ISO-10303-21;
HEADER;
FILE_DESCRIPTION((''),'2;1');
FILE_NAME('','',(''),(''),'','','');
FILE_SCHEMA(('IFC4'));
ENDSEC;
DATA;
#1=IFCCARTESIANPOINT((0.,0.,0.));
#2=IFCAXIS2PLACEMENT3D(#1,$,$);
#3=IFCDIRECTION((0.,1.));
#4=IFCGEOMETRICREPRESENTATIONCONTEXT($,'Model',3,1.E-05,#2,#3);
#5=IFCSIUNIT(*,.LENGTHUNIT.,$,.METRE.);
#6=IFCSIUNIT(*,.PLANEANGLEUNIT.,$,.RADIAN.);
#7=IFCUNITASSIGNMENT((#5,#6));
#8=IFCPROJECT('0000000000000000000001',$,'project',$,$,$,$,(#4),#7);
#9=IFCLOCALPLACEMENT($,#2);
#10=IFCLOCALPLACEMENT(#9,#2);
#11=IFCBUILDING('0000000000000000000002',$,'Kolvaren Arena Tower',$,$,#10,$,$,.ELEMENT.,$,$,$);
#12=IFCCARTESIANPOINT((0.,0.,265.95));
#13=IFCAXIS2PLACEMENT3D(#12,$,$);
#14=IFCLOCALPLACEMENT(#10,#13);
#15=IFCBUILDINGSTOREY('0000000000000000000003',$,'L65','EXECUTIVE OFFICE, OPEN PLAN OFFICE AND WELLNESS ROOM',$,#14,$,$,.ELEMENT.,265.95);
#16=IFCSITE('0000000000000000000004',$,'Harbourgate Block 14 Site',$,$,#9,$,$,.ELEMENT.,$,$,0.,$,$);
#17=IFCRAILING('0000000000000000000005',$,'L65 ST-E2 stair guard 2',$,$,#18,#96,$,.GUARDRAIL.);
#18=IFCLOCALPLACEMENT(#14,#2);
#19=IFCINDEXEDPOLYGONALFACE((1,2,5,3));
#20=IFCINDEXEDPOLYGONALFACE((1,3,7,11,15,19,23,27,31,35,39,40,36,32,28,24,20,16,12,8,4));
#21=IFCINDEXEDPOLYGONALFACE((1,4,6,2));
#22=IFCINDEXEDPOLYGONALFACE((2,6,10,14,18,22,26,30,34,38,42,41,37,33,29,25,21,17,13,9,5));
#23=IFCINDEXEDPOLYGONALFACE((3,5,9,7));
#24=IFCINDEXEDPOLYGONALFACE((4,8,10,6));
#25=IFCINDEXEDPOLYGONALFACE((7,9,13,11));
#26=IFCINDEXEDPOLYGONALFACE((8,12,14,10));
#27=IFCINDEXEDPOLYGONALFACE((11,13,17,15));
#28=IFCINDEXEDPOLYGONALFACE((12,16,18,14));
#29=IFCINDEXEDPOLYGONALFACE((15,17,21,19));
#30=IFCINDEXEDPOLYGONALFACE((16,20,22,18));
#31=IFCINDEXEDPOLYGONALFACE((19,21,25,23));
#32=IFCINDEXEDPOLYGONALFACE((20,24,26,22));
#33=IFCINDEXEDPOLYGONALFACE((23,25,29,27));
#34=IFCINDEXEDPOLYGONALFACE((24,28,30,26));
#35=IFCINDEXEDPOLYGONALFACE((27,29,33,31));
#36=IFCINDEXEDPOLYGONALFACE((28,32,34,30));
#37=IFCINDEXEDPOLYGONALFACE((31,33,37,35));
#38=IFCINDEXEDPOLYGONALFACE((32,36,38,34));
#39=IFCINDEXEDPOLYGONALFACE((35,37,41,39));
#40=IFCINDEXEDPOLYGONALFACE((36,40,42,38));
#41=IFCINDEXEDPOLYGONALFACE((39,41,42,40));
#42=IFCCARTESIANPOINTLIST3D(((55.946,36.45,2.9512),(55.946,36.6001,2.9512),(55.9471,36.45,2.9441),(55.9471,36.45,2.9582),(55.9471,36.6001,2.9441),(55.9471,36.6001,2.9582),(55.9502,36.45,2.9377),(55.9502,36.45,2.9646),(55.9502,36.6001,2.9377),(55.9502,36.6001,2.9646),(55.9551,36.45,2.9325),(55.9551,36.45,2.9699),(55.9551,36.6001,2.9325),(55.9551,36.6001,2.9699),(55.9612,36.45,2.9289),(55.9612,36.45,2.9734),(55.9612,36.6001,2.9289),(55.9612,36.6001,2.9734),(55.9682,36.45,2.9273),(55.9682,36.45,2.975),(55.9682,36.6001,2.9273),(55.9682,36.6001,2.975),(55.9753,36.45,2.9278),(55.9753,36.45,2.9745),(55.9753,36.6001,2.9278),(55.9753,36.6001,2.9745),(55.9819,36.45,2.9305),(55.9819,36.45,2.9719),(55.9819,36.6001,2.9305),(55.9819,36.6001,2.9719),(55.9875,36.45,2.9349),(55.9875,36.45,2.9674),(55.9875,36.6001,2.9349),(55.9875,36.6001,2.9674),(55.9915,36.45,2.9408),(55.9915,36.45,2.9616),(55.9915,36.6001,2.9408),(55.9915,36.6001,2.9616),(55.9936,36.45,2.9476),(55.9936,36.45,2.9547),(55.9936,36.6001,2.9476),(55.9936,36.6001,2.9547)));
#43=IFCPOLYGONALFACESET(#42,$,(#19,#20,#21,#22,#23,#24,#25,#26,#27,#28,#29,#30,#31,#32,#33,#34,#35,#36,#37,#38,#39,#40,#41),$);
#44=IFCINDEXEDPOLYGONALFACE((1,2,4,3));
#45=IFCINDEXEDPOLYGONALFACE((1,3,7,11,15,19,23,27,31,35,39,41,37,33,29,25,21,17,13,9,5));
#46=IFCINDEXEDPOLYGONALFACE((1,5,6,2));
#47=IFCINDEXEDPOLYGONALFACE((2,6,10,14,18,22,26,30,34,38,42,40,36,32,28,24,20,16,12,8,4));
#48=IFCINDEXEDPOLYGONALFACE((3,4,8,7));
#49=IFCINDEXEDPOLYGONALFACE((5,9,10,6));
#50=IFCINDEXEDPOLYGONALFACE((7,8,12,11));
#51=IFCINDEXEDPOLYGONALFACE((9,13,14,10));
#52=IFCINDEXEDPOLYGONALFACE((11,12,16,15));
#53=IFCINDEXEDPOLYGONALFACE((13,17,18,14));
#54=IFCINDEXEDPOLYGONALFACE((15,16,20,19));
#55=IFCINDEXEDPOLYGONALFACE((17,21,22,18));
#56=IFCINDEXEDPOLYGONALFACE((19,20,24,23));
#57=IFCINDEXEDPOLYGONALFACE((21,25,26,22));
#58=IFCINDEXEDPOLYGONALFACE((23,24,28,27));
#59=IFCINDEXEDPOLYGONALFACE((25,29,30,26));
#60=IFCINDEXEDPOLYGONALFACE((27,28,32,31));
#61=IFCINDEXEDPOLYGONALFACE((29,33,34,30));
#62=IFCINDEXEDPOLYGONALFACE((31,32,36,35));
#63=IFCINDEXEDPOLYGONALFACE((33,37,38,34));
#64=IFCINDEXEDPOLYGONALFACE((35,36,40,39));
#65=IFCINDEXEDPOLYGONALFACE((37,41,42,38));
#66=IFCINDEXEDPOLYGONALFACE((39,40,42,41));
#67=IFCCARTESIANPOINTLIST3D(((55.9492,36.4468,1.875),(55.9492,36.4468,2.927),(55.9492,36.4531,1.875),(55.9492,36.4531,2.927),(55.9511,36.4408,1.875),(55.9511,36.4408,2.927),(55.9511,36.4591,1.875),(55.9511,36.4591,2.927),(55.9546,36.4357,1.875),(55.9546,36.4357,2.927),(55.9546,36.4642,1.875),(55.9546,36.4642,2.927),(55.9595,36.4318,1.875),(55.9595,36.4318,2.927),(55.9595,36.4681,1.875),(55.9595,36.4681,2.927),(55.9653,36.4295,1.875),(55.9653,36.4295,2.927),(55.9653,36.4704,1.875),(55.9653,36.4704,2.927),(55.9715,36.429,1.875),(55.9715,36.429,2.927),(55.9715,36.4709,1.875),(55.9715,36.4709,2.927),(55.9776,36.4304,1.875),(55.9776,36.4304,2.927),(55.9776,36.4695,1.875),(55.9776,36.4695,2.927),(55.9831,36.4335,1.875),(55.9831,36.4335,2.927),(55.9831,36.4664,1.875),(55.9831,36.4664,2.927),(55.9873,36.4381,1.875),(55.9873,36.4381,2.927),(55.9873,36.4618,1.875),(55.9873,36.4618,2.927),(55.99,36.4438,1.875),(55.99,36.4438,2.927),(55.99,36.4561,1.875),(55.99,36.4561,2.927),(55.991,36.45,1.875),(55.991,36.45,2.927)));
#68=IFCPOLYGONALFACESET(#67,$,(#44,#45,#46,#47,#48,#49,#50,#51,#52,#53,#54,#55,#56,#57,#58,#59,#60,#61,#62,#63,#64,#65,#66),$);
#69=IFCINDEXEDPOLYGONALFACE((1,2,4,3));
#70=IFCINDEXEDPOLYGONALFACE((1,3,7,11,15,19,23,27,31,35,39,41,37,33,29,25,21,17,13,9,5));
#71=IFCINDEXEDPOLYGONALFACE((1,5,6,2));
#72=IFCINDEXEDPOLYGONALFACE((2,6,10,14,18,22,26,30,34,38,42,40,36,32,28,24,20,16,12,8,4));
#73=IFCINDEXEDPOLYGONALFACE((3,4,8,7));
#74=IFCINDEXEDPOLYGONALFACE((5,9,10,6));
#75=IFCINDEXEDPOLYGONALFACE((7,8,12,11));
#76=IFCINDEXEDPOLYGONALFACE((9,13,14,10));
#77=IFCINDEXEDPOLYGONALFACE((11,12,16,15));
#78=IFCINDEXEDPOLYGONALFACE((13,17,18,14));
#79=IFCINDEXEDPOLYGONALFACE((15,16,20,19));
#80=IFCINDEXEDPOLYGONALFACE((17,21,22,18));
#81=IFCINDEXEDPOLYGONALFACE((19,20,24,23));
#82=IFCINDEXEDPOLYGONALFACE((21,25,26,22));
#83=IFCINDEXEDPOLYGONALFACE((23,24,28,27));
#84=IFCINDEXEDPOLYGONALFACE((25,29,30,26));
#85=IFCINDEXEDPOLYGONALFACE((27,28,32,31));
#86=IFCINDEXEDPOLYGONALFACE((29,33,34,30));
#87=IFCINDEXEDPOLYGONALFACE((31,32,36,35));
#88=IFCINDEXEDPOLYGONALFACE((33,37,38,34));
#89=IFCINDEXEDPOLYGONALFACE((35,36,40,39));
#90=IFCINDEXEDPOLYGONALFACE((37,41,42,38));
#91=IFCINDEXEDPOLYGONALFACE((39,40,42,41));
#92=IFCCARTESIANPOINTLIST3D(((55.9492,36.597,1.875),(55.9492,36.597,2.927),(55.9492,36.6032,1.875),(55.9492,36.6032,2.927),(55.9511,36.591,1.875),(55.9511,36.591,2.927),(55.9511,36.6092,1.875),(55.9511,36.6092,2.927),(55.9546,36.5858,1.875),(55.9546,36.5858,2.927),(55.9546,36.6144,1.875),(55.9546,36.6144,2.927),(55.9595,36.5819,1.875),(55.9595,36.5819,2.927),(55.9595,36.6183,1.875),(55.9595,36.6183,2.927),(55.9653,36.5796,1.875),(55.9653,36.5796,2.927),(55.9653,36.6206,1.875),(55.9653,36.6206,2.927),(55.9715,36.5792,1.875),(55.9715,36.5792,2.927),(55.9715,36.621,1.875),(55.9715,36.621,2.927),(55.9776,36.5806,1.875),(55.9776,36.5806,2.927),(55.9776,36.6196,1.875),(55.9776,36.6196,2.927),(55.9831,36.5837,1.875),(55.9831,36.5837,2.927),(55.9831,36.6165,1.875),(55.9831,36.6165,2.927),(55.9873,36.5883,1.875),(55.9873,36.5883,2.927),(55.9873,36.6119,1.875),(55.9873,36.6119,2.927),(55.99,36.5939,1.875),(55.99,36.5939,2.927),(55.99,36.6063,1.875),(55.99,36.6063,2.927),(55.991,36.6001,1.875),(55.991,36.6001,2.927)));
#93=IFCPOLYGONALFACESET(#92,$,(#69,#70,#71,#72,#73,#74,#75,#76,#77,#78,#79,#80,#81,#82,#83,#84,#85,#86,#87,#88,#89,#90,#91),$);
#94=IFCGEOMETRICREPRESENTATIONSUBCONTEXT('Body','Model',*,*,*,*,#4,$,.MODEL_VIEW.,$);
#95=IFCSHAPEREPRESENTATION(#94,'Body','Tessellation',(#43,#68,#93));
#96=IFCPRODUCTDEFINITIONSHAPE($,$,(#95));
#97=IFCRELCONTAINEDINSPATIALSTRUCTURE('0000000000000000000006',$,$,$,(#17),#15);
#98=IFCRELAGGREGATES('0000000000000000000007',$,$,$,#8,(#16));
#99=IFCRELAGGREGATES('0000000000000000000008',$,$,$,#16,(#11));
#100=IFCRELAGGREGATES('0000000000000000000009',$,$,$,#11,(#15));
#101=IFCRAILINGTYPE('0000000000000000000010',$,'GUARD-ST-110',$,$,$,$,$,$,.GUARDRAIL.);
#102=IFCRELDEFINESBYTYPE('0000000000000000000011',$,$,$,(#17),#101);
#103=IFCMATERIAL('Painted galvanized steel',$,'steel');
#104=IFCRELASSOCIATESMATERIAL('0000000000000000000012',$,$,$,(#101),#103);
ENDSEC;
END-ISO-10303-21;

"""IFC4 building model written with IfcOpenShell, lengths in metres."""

from ifc_helpers import new_model, si_unit, direction, frame, origin, origin_2d, place, context, subcontext, project, spatial, circle, extrude, material, type_object, element, save


model = new_model("IFC4")

# Units and contexts
model_context = context("Model", 3, precision=1e-05, world=origin(), true_north=direction((0.0, 1.0)))
body_context = subcontext(model_context, "Body", "Model", "MODEL_VIEW")
ifc_project = project(units=[si_unit("LENGTHUNIT", "METRE"), si_unit("PLANEANGLEUNIT", "RADIAN")], contexts=[model_context])

# Site, building, storey
site_placement = place(None, origin())
site = spatial("IfcSite", under=ifc_project, at=site_placement, Name="Harbourgate Block 14 Site", CompositionType="ELEMENT", RefElevation=0.0)
building_placement = place(site_placement, origin())
building = spatial("IfcBuilding", under=site, at=building_placement, Name="Kolvaren Arena Tower", CompositionType="ELEMENT")
storey_placement = place(building_placement, frame((0.0, 0.0, 265.95)))
storey = spatial("IfcBuildingStorey", under=building, at=storey_placement, Name="L65", Description="EXECUTIVE OFFICE, OPEN PLAN OFFICE AND WELLNESS ROOM", CompositionType="ELEMENT", Elevation=265.95)

# Railing
ifc_material_1 = material(Name="Painted galvanized steel", Category="steel")
railing_type_1 = type_object("IfcRailingType", Name="GUARD-ST-110", PredefinedType="GUARDRAIL", material=ifc_material_1)
railing_1_placement = place(storey_placement, frame((55.97, 36.45, 1.875)))
element("IfcRailing", 1, at=railing_1_placement, inside=storey, type_object=railing_type_1, Name="L65 ST-E2 stair guard 2", PredefinedType="GUARDRAIL", context=body_context, shape_type="SweptSolid", body=[
    extrude(circle(Radius=0.0239, at=origin_2d()), frame((0.0, 0.0, 1.0762), z_axis=(0.0, 1.0, 0.0), x_axis=(-1.0, 0.0, 0.0)), (0.0, 0.0, 1.0), 0.1501),
    extrude(circle(Radius=0.021, at=origin_2d()), origin(), (0.0, 0.0, 1.0), 1.052),
    extrude(circle(Radius=0.021, at=origin_2d()), frame((0.0, 0.1501, 0.0)), (0.0, 0.0, 1.0), 1.052),
])

save(model, "model.ifc")
